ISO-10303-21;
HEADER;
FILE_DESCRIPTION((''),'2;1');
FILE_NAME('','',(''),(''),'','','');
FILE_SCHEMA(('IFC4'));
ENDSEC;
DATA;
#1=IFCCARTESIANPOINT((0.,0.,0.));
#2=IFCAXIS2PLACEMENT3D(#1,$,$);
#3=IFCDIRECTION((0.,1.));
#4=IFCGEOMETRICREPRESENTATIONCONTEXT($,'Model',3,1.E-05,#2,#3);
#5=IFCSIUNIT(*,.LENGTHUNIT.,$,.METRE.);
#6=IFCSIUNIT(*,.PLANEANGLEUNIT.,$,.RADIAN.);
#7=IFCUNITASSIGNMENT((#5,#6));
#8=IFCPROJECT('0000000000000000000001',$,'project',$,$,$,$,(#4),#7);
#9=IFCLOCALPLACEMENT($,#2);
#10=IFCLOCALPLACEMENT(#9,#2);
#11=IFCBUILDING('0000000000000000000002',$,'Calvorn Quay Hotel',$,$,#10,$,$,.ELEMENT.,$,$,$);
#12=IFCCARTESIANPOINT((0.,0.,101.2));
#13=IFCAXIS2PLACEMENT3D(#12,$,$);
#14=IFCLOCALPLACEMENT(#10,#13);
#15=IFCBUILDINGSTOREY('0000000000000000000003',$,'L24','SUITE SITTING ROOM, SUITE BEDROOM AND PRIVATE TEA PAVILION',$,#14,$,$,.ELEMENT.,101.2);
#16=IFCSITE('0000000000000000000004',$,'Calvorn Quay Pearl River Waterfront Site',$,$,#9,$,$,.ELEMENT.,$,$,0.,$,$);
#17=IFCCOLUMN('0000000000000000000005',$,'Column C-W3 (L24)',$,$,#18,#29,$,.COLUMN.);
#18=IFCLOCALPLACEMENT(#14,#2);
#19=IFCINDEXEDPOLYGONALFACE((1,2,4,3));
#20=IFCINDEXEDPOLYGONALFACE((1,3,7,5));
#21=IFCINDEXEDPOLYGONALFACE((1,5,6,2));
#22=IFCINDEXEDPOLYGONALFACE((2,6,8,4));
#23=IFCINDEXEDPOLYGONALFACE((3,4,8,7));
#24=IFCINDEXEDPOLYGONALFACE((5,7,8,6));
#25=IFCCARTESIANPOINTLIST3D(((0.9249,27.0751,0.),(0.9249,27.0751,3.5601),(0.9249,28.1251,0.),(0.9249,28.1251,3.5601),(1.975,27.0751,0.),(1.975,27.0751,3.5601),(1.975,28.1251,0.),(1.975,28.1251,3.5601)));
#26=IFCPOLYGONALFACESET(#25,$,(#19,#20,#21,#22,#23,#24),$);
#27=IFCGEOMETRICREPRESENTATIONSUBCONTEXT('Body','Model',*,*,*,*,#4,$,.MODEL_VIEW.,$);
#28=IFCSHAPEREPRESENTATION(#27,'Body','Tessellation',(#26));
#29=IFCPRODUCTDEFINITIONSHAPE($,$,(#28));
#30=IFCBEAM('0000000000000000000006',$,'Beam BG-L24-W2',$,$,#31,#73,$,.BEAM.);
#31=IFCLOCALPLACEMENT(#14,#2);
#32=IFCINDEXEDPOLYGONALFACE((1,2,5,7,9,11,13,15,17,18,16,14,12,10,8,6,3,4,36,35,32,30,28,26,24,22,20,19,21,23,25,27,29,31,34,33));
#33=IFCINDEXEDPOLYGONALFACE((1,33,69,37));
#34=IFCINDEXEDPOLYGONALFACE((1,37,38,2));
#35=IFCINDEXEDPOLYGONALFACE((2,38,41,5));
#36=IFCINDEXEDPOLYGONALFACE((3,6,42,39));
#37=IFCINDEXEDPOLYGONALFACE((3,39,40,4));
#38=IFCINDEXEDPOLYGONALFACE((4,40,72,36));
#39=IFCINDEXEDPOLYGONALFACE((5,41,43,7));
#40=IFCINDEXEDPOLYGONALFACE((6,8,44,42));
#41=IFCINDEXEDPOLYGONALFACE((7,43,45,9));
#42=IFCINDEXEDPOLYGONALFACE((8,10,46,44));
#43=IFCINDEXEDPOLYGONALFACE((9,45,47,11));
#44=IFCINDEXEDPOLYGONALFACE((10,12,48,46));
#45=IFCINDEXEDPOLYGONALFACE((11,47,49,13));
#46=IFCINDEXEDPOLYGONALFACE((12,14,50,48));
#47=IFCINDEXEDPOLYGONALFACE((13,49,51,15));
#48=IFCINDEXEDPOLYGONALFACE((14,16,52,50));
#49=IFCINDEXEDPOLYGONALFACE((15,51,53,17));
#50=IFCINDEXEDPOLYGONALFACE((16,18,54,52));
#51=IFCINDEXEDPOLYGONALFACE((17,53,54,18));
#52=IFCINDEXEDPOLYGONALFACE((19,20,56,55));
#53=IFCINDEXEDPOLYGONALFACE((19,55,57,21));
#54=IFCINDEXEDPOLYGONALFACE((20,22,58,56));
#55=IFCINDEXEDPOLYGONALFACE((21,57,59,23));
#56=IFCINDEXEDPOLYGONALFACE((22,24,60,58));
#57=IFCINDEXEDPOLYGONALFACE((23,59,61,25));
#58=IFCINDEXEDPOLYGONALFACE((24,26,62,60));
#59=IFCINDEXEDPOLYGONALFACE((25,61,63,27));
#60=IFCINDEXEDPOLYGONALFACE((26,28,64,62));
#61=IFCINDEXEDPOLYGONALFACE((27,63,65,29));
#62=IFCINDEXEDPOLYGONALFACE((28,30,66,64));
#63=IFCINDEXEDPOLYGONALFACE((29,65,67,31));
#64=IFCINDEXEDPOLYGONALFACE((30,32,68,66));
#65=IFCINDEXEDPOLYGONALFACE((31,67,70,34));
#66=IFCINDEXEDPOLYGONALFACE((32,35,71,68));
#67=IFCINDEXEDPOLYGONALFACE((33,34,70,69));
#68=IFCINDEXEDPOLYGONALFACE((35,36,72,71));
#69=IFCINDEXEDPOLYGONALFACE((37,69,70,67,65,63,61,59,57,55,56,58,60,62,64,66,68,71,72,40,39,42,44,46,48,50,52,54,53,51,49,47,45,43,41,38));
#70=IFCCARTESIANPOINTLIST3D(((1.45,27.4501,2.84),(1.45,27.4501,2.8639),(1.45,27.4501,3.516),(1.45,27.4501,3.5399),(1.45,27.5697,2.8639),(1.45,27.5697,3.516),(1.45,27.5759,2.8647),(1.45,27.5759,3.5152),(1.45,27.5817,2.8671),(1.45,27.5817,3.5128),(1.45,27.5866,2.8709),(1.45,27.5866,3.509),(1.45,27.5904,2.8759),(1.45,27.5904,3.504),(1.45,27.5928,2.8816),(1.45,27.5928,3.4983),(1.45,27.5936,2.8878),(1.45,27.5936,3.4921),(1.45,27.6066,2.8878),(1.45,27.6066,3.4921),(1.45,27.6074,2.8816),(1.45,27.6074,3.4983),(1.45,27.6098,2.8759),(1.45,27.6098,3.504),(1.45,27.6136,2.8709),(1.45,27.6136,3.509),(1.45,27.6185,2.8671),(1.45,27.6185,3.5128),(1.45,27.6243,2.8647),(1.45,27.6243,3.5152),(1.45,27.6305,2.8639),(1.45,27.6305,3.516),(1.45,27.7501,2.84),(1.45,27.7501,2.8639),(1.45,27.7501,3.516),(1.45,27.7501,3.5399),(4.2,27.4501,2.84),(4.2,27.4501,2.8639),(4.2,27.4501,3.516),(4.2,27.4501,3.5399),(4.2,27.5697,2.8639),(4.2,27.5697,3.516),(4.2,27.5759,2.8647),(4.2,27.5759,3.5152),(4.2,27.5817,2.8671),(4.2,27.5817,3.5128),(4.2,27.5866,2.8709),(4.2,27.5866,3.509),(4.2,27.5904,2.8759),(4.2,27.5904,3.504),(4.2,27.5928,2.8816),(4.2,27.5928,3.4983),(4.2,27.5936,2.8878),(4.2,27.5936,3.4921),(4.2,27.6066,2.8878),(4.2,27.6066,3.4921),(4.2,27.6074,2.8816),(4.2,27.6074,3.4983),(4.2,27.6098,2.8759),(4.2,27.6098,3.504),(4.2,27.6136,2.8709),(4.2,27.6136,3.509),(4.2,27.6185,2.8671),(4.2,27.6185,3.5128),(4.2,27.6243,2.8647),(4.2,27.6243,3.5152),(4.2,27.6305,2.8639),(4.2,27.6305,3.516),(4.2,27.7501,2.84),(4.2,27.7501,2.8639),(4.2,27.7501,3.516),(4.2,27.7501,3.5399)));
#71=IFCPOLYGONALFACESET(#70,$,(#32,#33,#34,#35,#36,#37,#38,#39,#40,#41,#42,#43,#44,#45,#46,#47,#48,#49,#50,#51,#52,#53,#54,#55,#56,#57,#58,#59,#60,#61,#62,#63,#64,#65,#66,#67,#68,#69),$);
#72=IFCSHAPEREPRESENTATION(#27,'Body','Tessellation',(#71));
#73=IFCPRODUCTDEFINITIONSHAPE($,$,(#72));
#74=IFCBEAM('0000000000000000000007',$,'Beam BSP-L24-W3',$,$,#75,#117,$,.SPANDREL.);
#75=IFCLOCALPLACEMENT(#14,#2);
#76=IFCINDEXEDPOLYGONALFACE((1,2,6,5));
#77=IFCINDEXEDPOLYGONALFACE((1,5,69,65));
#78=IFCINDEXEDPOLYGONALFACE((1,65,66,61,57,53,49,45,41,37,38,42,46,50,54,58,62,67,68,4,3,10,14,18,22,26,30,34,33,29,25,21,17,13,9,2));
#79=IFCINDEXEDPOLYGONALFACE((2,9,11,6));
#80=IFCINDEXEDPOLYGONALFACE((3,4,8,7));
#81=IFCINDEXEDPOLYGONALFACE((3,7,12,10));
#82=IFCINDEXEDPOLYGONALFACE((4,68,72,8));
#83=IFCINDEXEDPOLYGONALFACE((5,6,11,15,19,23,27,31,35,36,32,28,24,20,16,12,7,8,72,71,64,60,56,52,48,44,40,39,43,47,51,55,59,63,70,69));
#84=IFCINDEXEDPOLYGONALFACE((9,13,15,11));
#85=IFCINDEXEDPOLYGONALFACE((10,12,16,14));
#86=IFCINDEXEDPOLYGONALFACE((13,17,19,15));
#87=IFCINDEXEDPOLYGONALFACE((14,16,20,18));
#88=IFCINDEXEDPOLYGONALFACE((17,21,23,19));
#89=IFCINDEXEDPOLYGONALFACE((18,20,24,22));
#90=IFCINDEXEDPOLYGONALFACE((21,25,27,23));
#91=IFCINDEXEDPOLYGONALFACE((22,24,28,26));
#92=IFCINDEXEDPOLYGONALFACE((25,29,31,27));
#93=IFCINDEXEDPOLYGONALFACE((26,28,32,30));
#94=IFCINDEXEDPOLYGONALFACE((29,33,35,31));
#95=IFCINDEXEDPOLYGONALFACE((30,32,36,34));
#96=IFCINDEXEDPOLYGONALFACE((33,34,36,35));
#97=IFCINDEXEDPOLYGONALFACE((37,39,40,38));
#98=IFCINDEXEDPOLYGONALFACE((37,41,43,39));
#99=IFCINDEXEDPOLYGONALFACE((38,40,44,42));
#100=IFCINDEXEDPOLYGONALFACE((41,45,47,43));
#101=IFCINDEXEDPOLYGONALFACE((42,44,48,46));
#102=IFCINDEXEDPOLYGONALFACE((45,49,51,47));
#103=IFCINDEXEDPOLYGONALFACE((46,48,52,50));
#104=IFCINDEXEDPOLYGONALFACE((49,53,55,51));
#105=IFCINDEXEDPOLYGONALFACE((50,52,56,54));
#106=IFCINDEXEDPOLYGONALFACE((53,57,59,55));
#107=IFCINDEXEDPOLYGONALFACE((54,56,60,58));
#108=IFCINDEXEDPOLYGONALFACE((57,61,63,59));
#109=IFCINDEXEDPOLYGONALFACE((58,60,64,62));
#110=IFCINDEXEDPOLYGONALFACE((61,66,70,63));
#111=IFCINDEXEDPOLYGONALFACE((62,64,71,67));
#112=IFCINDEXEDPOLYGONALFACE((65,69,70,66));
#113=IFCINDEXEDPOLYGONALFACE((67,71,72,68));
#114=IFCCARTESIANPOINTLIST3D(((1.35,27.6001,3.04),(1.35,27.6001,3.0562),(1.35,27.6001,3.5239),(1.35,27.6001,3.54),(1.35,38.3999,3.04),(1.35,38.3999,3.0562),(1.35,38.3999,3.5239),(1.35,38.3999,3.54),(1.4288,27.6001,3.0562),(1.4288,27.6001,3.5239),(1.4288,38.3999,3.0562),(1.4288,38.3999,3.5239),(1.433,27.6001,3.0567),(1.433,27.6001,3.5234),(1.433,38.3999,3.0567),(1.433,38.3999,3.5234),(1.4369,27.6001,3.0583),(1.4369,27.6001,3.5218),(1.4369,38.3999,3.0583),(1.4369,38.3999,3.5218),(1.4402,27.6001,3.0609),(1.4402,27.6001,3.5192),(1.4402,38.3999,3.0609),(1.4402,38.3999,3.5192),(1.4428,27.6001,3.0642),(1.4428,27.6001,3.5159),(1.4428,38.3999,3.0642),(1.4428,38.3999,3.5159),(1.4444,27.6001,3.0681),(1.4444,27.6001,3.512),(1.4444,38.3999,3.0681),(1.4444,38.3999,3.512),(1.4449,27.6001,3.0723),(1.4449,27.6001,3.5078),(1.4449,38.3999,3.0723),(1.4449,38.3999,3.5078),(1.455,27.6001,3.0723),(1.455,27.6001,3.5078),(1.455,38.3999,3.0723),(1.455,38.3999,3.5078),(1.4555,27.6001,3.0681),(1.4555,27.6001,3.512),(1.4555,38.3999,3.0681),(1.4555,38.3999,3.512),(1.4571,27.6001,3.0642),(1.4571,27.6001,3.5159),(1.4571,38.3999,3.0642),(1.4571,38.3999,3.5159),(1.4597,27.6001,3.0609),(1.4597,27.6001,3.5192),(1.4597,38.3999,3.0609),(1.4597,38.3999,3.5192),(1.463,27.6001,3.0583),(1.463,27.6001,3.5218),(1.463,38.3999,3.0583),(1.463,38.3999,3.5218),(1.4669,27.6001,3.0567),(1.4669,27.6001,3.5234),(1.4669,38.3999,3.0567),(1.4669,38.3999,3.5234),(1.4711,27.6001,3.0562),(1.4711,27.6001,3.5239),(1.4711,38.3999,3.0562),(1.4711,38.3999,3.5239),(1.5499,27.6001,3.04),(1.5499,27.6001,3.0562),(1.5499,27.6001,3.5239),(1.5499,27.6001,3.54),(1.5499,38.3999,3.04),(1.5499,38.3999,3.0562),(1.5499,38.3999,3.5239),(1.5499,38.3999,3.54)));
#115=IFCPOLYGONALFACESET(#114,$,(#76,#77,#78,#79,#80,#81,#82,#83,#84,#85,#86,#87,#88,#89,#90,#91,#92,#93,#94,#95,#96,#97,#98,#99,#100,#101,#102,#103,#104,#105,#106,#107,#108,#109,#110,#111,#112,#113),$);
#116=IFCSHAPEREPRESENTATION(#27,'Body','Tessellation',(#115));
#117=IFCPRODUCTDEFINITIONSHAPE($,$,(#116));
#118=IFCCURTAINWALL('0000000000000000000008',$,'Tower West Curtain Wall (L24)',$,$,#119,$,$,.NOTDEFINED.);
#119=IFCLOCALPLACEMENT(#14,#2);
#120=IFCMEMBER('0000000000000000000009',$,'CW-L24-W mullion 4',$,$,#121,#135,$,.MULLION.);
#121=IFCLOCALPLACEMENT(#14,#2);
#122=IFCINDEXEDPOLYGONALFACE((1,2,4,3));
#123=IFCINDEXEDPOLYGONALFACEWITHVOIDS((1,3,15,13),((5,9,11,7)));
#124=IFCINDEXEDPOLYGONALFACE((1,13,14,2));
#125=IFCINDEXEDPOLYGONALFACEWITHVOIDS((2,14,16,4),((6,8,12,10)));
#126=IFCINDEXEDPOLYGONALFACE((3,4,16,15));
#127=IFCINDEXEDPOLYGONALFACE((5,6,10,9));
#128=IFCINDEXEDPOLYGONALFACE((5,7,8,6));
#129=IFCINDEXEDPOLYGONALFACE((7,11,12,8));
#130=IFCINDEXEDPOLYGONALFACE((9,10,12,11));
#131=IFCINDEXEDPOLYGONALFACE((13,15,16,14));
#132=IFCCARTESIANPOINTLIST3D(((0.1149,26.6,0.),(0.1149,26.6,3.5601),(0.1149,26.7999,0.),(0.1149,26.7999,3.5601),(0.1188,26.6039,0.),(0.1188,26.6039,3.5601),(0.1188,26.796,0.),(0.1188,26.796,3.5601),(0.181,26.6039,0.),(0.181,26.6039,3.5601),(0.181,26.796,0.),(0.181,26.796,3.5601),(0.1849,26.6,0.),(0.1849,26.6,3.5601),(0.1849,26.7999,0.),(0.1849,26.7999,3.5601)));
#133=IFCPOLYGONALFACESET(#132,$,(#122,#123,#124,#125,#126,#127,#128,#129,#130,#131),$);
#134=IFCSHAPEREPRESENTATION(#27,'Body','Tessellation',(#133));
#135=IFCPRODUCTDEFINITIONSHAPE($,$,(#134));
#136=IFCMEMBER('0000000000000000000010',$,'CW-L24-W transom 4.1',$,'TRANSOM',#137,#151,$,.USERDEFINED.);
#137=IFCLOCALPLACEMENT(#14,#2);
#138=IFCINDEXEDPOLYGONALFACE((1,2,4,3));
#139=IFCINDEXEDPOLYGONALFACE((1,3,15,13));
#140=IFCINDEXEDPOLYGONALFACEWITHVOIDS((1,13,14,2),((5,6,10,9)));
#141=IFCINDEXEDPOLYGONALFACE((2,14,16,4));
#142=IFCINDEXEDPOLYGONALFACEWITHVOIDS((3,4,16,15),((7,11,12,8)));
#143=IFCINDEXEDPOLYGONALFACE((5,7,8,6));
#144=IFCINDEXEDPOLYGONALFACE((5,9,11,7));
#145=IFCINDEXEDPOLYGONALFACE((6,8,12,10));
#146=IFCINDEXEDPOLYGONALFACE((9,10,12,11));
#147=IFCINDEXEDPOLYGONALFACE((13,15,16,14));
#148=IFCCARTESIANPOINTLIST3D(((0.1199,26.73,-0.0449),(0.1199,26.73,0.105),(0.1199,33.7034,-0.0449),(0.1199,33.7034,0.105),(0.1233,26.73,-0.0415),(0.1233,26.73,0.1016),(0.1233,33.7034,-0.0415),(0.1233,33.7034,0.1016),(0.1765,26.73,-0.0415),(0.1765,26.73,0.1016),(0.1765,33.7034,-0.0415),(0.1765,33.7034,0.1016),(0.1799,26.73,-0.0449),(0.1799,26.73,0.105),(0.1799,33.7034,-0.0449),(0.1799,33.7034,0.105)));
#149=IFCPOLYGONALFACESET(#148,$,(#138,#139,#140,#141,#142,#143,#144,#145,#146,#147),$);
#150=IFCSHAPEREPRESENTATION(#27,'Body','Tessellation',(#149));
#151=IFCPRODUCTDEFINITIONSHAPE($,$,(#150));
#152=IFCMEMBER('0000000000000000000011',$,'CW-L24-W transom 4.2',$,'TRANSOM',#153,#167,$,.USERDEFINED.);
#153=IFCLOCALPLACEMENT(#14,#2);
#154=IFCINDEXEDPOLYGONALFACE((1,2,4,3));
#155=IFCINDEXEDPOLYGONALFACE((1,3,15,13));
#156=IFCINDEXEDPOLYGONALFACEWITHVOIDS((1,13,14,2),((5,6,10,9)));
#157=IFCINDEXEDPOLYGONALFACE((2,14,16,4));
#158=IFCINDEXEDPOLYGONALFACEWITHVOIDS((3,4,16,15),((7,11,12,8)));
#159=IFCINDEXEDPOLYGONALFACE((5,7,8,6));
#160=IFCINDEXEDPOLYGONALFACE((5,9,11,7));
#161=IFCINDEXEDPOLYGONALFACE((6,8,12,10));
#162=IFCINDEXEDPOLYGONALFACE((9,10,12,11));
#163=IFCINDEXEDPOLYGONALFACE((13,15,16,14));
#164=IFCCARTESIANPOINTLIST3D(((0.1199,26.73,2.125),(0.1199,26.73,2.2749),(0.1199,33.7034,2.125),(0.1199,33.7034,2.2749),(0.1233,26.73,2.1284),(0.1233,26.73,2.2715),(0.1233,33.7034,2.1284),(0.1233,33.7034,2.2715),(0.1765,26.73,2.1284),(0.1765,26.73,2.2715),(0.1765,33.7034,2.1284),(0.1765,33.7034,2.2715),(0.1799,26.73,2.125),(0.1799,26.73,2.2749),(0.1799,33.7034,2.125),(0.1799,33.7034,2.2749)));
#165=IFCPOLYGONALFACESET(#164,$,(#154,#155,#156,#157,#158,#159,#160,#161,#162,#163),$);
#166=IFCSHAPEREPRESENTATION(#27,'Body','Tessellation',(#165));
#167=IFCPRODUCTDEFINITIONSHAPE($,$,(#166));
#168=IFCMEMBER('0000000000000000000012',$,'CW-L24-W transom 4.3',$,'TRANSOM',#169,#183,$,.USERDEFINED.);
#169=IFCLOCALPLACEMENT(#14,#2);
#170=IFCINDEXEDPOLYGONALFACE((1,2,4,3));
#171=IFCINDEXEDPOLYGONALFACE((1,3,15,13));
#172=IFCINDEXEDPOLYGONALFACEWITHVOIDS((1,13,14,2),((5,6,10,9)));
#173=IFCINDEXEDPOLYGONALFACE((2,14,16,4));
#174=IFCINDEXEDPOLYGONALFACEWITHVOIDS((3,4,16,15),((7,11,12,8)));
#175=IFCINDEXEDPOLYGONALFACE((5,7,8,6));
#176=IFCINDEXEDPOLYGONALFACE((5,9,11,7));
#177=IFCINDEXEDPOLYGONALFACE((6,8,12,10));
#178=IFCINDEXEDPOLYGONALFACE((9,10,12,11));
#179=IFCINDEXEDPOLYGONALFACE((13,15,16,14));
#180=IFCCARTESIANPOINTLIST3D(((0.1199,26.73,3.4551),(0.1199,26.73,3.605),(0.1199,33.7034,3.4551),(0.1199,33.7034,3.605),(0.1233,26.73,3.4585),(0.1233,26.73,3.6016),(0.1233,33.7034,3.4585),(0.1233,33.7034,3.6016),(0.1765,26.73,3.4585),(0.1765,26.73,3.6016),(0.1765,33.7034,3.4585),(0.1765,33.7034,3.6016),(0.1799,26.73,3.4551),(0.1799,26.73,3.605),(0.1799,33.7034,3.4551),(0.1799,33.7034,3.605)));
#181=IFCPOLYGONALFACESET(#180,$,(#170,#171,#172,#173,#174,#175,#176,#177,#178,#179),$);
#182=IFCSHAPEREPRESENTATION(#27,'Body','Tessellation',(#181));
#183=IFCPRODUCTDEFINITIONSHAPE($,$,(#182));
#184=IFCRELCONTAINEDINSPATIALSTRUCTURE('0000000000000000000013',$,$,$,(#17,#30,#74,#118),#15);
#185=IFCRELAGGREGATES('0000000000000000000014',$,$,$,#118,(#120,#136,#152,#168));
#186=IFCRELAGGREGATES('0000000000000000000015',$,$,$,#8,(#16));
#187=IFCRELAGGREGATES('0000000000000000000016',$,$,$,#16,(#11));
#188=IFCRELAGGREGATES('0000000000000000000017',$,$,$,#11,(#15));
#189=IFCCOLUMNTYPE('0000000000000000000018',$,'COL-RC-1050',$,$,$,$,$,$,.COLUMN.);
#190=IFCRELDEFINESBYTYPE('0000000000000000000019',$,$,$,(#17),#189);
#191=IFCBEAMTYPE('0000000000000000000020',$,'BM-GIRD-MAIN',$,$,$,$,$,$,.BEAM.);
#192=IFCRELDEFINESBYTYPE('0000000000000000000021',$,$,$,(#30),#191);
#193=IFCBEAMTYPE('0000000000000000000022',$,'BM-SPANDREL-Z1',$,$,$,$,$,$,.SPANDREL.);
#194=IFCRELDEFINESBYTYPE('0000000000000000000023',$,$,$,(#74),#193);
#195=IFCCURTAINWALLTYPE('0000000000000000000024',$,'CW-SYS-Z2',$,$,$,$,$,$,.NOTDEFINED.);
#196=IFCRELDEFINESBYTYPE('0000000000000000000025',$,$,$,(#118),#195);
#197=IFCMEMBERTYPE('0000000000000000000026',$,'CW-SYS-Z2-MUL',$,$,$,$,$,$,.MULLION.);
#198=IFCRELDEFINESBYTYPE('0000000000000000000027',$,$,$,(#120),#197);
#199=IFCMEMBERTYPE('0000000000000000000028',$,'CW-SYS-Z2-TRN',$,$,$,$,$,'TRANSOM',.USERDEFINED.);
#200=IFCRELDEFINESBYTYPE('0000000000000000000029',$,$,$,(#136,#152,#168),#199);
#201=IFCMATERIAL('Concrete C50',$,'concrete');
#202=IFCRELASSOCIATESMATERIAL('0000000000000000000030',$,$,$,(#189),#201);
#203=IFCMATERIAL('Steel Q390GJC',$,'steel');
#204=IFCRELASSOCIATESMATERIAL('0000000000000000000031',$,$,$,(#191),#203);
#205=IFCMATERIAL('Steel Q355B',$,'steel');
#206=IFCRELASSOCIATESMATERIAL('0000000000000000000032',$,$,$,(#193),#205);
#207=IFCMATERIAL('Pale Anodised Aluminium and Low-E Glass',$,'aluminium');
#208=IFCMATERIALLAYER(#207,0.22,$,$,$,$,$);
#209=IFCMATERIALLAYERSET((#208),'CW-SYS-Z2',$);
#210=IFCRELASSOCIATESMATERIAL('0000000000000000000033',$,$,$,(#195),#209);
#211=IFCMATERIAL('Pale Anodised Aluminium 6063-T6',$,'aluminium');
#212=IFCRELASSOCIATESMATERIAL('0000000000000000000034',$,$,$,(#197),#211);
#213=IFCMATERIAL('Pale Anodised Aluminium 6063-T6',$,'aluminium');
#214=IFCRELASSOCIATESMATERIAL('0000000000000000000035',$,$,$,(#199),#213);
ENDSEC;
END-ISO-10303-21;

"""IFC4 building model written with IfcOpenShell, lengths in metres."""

from ifc_helpers import new_model, si_unit, direction, frame, origin, origin_2d, place, context, subcontext, project, spatial, rectangle, hollow_rectangle, i_section, extrude, material, layer, layer_set, material_profile, profile_set, type_object, element, aggregate, save


model = new_model("IFC4")

# Units and contexts
model_context = context("Model", 3, precision=1e-05, world=origin(), true_north=direction((0.0, 1.0)))
body_context = subcontext(model_context, "Body", "Model", "MODEL_VIEW")
ifc_project = project(units=[si_unit("LENGTHUNIT", "METRE"), si_unit("PLANEANGLEUNIT", "RADIAN")], contexts=[model_context])

# Site, building, storey
site_placement = place(None, origin())
site = spatial("IfcSite", under=ifc_project, at=site_placement, Name="Calvorn Quay Pearl River Waterfront Site", CompositionType="ELEMENT", RefElevation=0.0)
building_placement = place(site_placement, origin())
building = spatial("IfcBuilding", under=site, at=building_placement, Name="Calvorn Quay Hotel", CompositionType="ELEMENT")
storey_placement = place(building_placement, frame((0.0, 0.0, 101.2)))
storey = spatial("IfcBuildingStorey", under=building, at=storey_placement, Name="L24", Description="SUITE SITTING ROOM, SUITE BEDROOM AND PRIVATE TEA PAVILION", CompositionType="ELEMENT", Elevation=101.2)

# Column
ifc_material_1 = material(Name="Concrete C50", Category="concrete")
ifc_material_profile_1 = material_profile(ifc_material_1, rectangle(XDim=1.05, YDim=1.05, at=origin_2d()), Name="RC1050x1050")
ifc_profile_set_1 = profile_set([ifc_material_profile_1], Name="Concrete C50")
column_type = type_object("IfcColumnType", Name="COL-RC-1050", PredefinedType="COLUMN", material=ifc_profile_set_1)
column_placement = place(storey_placement, frame((1.45, 27.6001, 0.0), z_axis=(0.0, 0.0, 1.0), x_axis=(1.0, 0.0, 0.0)))
element("IfcColumn", 1, at=column_placement, inside=storey, type_object=column_type, Name="Column C-W3 (L24)", PredefinedType="COLUMN", context=body_context, shape_type="SweptSolid", body=[
    extrude(rectangle(XDim=1.05, YDim=1.05, at=origin_2d()), origin(), (0.0, 0.0, 1.0), 3.5601),
])

# Beams
ifc_material_2 = material(Name="Steel Q390GJC", Category="steel")
ifc_material_profile_2 = material_profile(ifc_material_2, i_section(OverallWidth=0.3, OverallDepth=0.7, WebThickness=0.0129, FlangeThickness=0.0239, FilletRadius=0.0239, at=origin_2d()), Name="HN700x300x13x24")
ifc_profile_set_2 = profile_set([ifc_material_profile_2], Name="Steel Q390GJC")
beam_type_1 = type_object("IfcBeamType", Name="BM-GIRD-MAIN", PredefinedType="BEAM", material=ifc_profile_set_2)
beam_1_placement = place(storey_placement, frame((1.45, 27.6001, 3.1899), z_axis=(1.0, 0.0, 0.0), x_axis=(0.0, 1.0, 0.0)))
element("IfcBeam", 2, at=beam_1_placement, inside=storey, type_object=beam_type_1, Name="Beam BG-L24-W2", PredefinedType="BEAM", context=body_context, shape_type="SweptSolid", body=[
    extrude(i_section(OverallWidth=0.3, OverallDepth=0.7, WebThickness=0.0129, FlangeThickness=0.0239, FilletRadius=0.0239, at=origin_2d()), origin(), (0.0, 0.0, 1.0), 2.75),
])
ifc_material_3 = material(Name="Steel Q355B", Category="steel")
ifc_material_profile_3 = material_profile(ifc_material_3, i_section(OverallWidth=0.2, OverallDepth=0.5, WebThickness=0.01, FlangeThickness=0.0161, FilletRadius=0.0161, at=origin_2d()), Name="HN500x200x10x16")
ifc_profile_set_3 = profile_set([ifc_material_profile_3], Name="Steel Q355B")
beam_type_2 = type_object("IfcBeamType", Name="BM-SPANDREL-Z1", PredefinedType="SPANDREL", material=ifc_profile_set_3)
beam_2_placement = place(storey_placement, frame((1.45, 27.6001, 3.29), z_axis=(0.0, 1.0, 0.0), x_axis=(-1.0, 0.0, 0.0)))
element("IfcBeam", 3, at=beam_2_placement, inside=storey, type_object=beam_type_2, Name="Beam BSP-L24-W3", PredefinedType="SPANDREL", context=body_context, shape_type="SweptSolid", body=[
    extrude(i_section(OverallWidth=0.2, OverallDepth=0.5, WebThickness=0.01, FlangeThickness=0.0161, FilletRadius=0.0161, at=origin_2d()), origin(), (0.0, 0.0, 1.0), 10.7998),
])

# Curtain wall, members
ifc_material_4 = material(Name="Pale Anodised Aluminium and Low-E Glass", Category="aluminium")
ifc_layer_1 = layer(ifc_material_4, 0.22)
ifc_layer_set_1 = layer_set([ifc_layer_1], Name="CW-SYS-Z2")
curtain_wall_type = type_object("IfcCurtainWallType", Name="CW-SYS-Z2", PredefinedType="NOTDEFINED", material=ifc_layer_set_1)
curtain_wall_placement = place(storey_placement, origin())
curtain_wall = element("IfcCurtainWall", 4, at=curtain_wall_placement, inside=storey, type_object=curtain_wall_type, Name="Tower West Curtain Wall (L24)", PredefinedType="NOTDEFINED")
ifc_material_5 = material(Name="Pale Anodised Aluminium 6063-T6", Category="aluminium")
ifc_material_profile_4 = material_profile(ifc_material_5, hollow_rectangle(XDim=0.0701, YDim=0.2, WallThickness=0.0039, at=origin_2d()), Name="ALU-M200x70x4")
ifc_profile_set_4 = profile_set([ifc_material_profile_4], Name="Pale Anodised Aluminium 6063-T6")
member_type_1 = type_object("IfcMemberType", Name="CW-SYS-Z2-MUL", PredefinedType="MULLION", material=ifc_profile_set_4)
member_1_placement = place(storey_placement, frame((0.1499, 26.7, 0.0), z_axis=(0.0, 0.0, 1.0), x_axis=(-1.0, 0.0, 0.0)))
member_1 = element("IfcMember", 5, at=member_1_placement, type_object=member_type_1, Name="CW-L24-W mullion 4", PredefinedType="MULLION", context=body_context, shape_type="SweptSolid", body=[
    extrude(hollow_rectangle(XDim=0.0701, YDim=0.2, WallThickness=0.0039, at=origin_2d()), origin(), (0.0, 0.0, 1.0), 3.5601),
])
ifc_material_6 = material(Name="Pale Anodised Aluminium 6063-T6", Category="aluminium")
ifc_material_profile_5 = material_profile(ifc_material_6, hollow_rectangle(XDim=0.0601, YDim=0.1499, WallThickness=0.0034, at=origin_2d()), Name="ALU-T150x60x3.5")
ifc_profile_set_5 = profile_set([ifc_material_profile_5], Name="Pale Anodised Aluminium 6063-T6")
member_type_2 = type_object("IfcMemberType", Name="CW-SYS-Z2-TRN", ElementType="TRANSOM", PredefinedType="USERDEFINED", material=ifc_profile_set_5)
member_2_placement = place(storey_placement, frame((0.1499, 26.73, 0.03), z_axis=(0.0, 1.0, 0.0), x_axis=(-1.0, 0.0, 0.0)))
member_2 = element("IfcMember", 6, at=member_2_placement, type_object=member_type_2, Name="CW-L24-W transom 4.1", ObjectType="TRANSOM", PredefinedType="USERDEFINED", context=body_context, shape_type="SweptSolid", body=[
    extrude(hollow_rectangle(XDim=0.0601, YDim=0.1499, WallThickness=0.0034, at=origin_2d()), origin(), (0.0, 0.0, 1.0), 6.9734),
])
member_3_placement = place(storey_placement, frame((0.1499, 26.73, 2.2), z_axis=(0.0, 1.0, 0.0), x_axis=(-1.0, 0.0, 0.0)))
member_3 = element("IfcMember", 7, at=member_3_placement, type_object=member_type_2, Name="CW-L24-W transom 4.2", ObjectType="TRANSOM", PredefinedType="USERDEFINED", context=body_context, shape_type="SweptSolid", body=[
    extrude(hollow_rectangle(XDim=0.0601, YDim=0.1499, WallThickness=0.0034, at=origin_2d()), origin(), (0.0, 0.0, 1.0), 6.9734),
])
member_4_placement = place(storey_placement, frame((0.1499, 26.73, 3.53), z_axis=(0.0, 1.0, 0.0), x_axis=(-1.0, 0.0, 0.0)))
member_4 = element("IfcMember", 8, at=member_4_placement, type_object=member_type_2, Name="CW-L24-W transom 4.3", ObjectType="TRANSOM", PredefinedType="USERDEFINED", context=body_context, shape_type="SweptSolid", body=[
    extrude(hollow_rectangle(XDim=0.0601, YDim=0.1499, WallThickness=0.0034, at=origin_2d()), origin(), (0.0, 0.0, 1.0), 6.9734),
])
aggregate(curtain_wall, [member_1, member_2, member_3, member_4])

save(model, "model.ifc")
